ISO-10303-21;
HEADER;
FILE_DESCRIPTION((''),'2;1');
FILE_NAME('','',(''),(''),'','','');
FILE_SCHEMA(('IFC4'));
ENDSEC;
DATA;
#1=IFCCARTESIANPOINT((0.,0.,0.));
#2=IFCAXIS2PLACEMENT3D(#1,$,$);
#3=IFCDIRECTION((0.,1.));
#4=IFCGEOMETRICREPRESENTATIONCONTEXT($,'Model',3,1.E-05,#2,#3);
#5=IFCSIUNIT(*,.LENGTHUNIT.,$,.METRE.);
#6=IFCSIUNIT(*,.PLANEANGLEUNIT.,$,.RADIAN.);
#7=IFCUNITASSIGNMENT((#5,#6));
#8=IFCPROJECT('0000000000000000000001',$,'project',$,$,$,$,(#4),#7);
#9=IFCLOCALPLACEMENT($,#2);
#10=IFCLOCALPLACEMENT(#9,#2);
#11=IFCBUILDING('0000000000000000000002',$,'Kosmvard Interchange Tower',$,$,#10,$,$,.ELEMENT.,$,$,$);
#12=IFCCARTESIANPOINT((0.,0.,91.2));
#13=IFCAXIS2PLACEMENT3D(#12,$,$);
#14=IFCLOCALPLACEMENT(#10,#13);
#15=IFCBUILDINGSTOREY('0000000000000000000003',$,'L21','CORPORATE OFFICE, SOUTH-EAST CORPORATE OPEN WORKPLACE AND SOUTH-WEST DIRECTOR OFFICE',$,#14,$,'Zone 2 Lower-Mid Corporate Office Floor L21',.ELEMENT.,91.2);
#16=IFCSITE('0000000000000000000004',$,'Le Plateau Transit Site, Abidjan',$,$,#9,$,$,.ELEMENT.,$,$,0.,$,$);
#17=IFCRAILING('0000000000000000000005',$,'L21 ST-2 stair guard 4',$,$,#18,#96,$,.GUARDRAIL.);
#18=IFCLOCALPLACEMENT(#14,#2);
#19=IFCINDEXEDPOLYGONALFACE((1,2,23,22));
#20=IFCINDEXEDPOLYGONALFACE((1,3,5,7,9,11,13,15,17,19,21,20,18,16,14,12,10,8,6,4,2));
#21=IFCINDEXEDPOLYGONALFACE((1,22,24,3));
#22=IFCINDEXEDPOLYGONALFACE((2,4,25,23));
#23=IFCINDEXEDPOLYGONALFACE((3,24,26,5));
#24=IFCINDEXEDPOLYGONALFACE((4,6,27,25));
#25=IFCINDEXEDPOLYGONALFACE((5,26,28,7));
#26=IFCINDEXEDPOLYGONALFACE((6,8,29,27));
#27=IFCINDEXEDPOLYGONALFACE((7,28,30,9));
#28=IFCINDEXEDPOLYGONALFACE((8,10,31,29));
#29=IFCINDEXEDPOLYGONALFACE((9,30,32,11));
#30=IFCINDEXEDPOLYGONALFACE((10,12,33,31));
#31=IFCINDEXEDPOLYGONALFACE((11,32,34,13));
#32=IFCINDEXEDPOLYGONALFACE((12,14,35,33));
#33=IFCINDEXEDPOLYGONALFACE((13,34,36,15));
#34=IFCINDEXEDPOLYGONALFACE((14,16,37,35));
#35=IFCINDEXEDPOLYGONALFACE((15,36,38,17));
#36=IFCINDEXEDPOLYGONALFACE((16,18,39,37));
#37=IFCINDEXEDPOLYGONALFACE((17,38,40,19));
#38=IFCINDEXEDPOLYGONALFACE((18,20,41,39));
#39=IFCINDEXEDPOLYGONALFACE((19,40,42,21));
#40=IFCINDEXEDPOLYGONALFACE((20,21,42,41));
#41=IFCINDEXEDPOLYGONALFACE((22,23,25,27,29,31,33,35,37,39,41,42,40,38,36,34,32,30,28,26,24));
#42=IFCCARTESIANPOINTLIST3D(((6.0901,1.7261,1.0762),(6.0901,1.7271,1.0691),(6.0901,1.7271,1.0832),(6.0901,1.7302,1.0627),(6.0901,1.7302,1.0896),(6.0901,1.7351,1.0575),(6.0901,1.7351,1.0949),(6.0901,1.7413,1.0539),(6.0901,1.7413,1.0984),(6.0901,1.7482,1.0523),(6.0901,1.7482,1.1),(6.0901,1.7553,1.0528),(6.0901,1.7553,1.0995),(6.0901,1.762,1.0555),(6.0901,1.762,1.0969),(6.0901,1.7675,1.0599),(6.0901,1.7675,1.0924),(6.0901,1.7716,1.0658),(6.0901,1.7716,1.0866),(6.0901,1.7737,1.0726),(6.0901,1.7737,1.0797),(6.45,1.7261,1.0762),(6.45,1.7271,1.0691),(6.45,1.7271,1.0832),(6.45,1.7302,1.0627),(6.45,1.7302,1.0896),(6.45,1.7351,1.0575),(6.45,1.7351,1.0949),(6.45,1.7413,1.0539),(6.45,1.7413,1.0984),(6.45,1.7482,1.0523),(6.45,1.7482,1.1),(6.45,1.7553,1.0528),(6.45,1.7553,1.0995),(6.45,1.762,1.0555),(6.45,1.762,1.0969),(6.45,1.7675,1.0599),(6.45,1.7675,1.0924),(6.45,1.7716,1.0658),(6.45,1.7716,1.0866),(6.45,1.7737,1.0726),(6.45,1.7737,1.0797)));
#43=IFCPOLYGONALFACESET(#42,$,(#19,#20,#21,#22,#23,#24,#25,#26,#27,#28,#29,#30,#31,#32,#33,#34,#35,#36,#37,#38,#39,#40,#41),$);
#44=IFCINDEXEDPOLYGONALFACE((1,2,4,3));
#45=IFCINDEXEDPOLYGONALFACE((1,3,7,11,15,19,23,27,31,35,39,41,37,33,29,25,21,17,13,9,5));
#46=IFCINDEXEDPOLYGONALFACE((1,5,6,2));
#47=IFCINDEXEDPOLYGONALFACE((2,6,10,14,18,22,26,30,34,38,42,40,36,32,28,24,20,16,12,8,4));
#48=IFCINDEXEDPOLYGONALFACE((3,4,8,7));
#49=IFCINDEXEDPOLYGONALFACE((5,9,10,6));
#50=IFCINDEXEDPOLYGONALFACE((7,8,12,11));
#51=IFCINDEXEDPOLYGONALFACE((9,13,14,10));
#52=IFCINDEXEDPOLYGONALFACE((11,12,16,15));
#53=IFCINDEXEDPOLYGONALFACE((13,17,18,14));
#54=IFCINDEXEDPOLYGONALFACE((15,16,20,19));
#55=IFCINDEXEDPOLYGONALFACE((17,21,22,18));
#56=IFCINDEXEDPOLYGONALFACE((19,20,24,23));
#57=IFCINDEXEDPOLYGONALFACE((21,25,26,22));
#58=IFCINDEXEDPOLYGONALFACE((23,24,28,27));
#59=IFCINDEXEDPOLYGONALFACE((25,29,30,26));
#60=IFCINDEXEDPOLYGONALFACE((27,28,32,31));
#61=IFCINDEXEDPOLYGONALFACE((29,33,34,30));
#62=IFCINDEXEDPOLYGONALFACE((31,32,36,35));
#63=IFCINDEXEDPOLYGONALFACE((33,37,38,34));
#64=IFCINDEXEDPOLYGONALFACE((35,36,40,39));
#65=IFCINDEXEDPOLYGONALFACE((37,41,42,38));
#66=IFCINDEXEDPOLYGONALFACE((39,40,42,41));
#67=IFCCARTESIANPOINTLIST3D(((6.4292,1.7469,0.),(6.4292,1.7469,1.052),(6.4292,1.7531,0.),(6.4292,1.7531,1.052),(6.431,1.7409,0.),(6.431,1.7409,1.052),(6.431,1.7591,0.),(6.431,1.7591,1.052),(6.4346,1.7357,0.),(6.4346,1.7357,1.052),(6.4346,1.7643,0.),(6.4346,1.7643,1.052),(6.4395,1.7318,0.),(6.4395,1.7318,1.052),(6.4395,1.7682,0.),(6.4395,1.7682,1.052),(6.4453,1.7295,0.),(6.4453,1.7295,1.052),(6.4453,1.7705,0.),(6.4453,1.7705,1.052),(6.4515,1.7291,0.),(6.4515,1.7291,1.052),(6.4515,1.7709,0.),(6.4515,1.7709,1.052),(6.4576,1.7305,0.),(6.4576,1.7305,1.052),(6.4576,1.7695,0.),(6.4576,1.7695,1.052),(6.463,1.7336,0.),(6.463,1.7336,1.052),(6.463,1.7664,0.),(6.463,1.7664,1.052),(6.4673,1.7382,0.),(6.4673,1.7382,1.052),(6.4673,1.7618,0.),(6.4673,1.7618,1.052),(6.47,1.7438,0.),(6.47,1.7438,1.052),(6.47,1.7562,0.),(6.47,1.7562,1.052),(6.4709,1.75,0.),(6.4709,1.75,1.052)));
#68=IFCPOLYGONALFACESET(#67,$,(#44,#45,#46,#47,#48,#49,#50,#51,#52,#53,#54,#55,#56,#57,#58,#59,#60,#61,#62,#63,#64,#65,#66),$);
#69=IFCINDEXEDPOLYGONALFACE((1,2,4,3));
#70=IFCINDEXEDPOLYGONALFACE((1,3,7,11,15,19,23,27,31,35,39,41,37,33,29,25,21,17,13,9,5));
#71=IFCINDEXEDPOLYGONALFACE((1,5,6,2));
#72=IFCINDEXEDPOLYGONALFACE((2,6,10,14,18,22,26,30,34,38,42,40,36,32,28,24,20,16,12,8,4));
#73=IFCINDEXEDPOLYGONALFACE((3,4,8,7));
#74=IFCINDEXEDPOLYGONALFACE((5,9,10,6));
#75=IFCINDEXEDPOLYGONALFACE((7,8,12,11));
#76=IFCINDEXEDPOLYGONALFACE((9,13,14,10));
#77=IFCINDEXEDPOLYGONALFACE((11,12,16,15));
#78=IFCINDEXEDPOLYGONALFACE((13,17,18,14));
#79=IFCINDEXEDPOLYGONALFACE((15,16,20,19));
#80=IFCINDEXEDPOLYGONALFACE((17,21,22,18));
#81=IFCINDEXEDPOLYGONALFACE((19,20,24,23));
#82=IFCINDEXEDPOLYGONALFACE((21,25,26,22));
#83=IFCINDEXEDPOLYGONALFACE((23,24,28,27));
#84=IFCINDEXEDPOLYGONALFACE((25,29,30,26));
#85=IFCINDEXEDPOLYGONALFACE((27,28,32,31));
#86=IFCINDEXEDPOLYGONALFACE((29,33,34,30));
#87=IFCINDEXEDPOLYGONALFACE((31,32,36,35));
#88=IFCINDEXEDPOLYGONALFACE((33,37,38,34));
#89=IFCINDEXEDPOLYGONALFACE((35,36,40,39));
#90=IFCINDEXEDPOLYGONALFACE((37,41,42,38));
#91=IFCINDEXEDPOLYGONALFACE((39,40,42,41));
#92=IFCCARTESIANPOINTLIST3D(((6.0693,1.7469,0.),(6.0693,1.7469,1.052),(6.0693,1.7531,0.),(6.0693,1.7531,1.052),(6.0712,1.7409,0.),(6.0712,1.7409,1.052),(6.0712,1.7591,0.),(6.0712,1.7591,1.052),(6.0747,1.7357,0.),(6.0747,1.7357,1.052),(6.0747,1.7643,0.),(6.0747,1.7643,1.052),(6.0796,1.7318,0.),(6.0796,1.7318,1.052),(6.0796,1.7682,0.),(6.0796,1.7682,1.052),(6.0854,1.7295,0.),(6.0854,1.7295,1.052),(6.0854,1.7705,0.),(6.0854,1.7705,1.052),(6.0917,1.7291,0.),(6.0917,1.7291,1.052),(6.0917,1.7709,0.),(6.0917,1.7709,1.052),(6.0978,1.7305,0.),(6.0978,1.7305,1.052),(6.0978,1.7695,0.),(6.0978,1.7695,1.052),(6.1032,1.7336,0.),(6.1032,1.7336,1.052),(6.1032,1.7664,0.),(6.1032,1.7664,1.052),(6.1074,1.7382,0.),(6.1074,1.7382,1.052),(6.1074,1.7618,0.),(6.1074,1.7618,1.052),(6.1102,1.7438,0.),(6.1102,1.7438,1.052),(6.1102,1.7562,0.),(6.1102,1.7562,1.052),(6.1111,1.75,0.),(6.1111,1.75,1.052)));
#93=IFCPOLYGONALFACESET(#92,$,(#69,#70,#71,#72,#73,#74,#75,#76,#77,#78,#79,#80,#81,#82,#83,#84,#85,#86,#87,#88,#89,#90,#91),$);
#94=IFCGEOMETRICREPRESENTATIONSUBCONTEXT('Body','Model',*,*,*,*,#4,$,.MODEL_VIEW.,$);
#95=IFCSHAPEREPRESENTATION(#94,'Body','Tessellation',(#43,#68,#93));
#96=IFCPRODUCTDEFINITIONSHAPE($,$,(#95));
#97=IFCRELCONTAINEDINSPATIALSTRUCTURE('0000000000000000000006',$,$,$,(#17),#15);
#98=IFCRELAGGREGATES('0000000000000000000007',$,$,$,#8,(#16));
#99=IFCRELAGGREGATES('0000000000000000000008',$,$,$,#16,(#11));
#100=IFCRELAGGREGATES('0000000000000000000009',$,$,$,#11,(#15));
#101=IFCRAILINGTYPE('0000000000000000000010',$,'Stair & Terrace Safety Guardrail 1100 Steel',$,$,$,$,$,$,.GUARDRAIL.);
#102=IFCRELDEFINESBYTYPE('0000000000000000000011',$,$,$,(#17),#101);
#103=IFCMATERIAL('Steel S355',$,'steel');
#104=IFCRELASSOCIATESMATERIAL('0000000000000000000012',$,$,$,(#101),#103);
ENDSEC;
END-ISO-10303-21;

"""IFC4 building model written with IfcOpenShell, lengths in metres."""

from ifc_helpers import new_model, si_unit, direction, frame, origin, origin_2d, place, context, subcontext, project, spatial, circle, extrude, source, transform, mapped, material, type_object, element, save


model = new_model("IFC4")

# Units and contexts
model_context = context("Model", 3, precision=1e-05, world=origin(), true_north=direction((0.0, 1.0)))
body_context = subcontext(model_context, "Body", "Model", "MODEL_VIEW")
ifc_project = project(units=[si_unit("LENGTHUNIT", "METRE"), si_unit("PLANEANGLEUNIT", "RADIAN")], contexts=[model_context])

# Site, building, storey
site_placement = place(None, origin())
site = spatial("IfcSite", under=ifc_project, at=site_placement, Name="Le Plateau Transit Site, Abidjan", CompositionType="ELEMENT", RefElevation=0.0)
building_placement = place(site_placement, origin())
building = spatial("IfcBuilding", under=site, at=building_placement, Name="Kosmvard Interchange Tower", CompositionType="ELEMENT")
storey_placement = place(building_placement, frame((0.0, 0.0, 91.2)))
storey = spatial("IfcBuildingStorey", under=building, at=storey_placement, Name="L21", Description="CORPORATE OFFICE, SOUTH-EAST CORPORATE OPEN WORKPLACE AND SOUTH-WEST DIRECTOR OFFICE", LongName="Zone 2 Lower-Mid Corporate Office Floor L21", CompositionType="ELEMENT", Elevation=91.2)

# Shared definitions
ifc_material_1 = material(Name="Steel S355", Category="steel")

# Railing
railing_type_1 = type_object("IfcRailingType", Name="Stair & Terrace Safety Guardrail 1100 Steel", PredefinedType="GUARDRAIL", material=ifc_material_1)
shared_shape_1 = source(origin(), body_context, "Body", "SweptSolid", [
    extrude(circle(Radius=0.0239, at=origin_2d()), frame((0.0, 0.0, 1.0762), z_axis=(-1.0, 0.0, 0.0), x_axis=(0.0, -1.0, 0.0)), (0.0, 0.0, 1.0), 0.3599),
    extrude(circle(Radius=0.021, at=origin_2d()), origin(), (0.0, 0.0, 1.0), 1.052),
    extrude(circle(Radius=0.021, at=origin_2d()), frame((-0.3599, 0.0, 0.0)), (0.0, 0.0, 1.0), 1.052),
])
for number, where, name in (
    (1, (6.45, 1.75, 0.0), "L21 ST-2 stair guard 4"),
):
    element("IfcRailing", number, at=place(storey_placement, frame(where)), inside=storey, type_object=railing_type_1, Name=name, PredefinedType="GUARDRAIL", context=body_context, shape_type="MappedRepresentation", body=[
        mapped(shared_shape_1, transform((0.0, 0.0, 0.0), scale=1.0)),
    ])

save(model, "model.ifc")
